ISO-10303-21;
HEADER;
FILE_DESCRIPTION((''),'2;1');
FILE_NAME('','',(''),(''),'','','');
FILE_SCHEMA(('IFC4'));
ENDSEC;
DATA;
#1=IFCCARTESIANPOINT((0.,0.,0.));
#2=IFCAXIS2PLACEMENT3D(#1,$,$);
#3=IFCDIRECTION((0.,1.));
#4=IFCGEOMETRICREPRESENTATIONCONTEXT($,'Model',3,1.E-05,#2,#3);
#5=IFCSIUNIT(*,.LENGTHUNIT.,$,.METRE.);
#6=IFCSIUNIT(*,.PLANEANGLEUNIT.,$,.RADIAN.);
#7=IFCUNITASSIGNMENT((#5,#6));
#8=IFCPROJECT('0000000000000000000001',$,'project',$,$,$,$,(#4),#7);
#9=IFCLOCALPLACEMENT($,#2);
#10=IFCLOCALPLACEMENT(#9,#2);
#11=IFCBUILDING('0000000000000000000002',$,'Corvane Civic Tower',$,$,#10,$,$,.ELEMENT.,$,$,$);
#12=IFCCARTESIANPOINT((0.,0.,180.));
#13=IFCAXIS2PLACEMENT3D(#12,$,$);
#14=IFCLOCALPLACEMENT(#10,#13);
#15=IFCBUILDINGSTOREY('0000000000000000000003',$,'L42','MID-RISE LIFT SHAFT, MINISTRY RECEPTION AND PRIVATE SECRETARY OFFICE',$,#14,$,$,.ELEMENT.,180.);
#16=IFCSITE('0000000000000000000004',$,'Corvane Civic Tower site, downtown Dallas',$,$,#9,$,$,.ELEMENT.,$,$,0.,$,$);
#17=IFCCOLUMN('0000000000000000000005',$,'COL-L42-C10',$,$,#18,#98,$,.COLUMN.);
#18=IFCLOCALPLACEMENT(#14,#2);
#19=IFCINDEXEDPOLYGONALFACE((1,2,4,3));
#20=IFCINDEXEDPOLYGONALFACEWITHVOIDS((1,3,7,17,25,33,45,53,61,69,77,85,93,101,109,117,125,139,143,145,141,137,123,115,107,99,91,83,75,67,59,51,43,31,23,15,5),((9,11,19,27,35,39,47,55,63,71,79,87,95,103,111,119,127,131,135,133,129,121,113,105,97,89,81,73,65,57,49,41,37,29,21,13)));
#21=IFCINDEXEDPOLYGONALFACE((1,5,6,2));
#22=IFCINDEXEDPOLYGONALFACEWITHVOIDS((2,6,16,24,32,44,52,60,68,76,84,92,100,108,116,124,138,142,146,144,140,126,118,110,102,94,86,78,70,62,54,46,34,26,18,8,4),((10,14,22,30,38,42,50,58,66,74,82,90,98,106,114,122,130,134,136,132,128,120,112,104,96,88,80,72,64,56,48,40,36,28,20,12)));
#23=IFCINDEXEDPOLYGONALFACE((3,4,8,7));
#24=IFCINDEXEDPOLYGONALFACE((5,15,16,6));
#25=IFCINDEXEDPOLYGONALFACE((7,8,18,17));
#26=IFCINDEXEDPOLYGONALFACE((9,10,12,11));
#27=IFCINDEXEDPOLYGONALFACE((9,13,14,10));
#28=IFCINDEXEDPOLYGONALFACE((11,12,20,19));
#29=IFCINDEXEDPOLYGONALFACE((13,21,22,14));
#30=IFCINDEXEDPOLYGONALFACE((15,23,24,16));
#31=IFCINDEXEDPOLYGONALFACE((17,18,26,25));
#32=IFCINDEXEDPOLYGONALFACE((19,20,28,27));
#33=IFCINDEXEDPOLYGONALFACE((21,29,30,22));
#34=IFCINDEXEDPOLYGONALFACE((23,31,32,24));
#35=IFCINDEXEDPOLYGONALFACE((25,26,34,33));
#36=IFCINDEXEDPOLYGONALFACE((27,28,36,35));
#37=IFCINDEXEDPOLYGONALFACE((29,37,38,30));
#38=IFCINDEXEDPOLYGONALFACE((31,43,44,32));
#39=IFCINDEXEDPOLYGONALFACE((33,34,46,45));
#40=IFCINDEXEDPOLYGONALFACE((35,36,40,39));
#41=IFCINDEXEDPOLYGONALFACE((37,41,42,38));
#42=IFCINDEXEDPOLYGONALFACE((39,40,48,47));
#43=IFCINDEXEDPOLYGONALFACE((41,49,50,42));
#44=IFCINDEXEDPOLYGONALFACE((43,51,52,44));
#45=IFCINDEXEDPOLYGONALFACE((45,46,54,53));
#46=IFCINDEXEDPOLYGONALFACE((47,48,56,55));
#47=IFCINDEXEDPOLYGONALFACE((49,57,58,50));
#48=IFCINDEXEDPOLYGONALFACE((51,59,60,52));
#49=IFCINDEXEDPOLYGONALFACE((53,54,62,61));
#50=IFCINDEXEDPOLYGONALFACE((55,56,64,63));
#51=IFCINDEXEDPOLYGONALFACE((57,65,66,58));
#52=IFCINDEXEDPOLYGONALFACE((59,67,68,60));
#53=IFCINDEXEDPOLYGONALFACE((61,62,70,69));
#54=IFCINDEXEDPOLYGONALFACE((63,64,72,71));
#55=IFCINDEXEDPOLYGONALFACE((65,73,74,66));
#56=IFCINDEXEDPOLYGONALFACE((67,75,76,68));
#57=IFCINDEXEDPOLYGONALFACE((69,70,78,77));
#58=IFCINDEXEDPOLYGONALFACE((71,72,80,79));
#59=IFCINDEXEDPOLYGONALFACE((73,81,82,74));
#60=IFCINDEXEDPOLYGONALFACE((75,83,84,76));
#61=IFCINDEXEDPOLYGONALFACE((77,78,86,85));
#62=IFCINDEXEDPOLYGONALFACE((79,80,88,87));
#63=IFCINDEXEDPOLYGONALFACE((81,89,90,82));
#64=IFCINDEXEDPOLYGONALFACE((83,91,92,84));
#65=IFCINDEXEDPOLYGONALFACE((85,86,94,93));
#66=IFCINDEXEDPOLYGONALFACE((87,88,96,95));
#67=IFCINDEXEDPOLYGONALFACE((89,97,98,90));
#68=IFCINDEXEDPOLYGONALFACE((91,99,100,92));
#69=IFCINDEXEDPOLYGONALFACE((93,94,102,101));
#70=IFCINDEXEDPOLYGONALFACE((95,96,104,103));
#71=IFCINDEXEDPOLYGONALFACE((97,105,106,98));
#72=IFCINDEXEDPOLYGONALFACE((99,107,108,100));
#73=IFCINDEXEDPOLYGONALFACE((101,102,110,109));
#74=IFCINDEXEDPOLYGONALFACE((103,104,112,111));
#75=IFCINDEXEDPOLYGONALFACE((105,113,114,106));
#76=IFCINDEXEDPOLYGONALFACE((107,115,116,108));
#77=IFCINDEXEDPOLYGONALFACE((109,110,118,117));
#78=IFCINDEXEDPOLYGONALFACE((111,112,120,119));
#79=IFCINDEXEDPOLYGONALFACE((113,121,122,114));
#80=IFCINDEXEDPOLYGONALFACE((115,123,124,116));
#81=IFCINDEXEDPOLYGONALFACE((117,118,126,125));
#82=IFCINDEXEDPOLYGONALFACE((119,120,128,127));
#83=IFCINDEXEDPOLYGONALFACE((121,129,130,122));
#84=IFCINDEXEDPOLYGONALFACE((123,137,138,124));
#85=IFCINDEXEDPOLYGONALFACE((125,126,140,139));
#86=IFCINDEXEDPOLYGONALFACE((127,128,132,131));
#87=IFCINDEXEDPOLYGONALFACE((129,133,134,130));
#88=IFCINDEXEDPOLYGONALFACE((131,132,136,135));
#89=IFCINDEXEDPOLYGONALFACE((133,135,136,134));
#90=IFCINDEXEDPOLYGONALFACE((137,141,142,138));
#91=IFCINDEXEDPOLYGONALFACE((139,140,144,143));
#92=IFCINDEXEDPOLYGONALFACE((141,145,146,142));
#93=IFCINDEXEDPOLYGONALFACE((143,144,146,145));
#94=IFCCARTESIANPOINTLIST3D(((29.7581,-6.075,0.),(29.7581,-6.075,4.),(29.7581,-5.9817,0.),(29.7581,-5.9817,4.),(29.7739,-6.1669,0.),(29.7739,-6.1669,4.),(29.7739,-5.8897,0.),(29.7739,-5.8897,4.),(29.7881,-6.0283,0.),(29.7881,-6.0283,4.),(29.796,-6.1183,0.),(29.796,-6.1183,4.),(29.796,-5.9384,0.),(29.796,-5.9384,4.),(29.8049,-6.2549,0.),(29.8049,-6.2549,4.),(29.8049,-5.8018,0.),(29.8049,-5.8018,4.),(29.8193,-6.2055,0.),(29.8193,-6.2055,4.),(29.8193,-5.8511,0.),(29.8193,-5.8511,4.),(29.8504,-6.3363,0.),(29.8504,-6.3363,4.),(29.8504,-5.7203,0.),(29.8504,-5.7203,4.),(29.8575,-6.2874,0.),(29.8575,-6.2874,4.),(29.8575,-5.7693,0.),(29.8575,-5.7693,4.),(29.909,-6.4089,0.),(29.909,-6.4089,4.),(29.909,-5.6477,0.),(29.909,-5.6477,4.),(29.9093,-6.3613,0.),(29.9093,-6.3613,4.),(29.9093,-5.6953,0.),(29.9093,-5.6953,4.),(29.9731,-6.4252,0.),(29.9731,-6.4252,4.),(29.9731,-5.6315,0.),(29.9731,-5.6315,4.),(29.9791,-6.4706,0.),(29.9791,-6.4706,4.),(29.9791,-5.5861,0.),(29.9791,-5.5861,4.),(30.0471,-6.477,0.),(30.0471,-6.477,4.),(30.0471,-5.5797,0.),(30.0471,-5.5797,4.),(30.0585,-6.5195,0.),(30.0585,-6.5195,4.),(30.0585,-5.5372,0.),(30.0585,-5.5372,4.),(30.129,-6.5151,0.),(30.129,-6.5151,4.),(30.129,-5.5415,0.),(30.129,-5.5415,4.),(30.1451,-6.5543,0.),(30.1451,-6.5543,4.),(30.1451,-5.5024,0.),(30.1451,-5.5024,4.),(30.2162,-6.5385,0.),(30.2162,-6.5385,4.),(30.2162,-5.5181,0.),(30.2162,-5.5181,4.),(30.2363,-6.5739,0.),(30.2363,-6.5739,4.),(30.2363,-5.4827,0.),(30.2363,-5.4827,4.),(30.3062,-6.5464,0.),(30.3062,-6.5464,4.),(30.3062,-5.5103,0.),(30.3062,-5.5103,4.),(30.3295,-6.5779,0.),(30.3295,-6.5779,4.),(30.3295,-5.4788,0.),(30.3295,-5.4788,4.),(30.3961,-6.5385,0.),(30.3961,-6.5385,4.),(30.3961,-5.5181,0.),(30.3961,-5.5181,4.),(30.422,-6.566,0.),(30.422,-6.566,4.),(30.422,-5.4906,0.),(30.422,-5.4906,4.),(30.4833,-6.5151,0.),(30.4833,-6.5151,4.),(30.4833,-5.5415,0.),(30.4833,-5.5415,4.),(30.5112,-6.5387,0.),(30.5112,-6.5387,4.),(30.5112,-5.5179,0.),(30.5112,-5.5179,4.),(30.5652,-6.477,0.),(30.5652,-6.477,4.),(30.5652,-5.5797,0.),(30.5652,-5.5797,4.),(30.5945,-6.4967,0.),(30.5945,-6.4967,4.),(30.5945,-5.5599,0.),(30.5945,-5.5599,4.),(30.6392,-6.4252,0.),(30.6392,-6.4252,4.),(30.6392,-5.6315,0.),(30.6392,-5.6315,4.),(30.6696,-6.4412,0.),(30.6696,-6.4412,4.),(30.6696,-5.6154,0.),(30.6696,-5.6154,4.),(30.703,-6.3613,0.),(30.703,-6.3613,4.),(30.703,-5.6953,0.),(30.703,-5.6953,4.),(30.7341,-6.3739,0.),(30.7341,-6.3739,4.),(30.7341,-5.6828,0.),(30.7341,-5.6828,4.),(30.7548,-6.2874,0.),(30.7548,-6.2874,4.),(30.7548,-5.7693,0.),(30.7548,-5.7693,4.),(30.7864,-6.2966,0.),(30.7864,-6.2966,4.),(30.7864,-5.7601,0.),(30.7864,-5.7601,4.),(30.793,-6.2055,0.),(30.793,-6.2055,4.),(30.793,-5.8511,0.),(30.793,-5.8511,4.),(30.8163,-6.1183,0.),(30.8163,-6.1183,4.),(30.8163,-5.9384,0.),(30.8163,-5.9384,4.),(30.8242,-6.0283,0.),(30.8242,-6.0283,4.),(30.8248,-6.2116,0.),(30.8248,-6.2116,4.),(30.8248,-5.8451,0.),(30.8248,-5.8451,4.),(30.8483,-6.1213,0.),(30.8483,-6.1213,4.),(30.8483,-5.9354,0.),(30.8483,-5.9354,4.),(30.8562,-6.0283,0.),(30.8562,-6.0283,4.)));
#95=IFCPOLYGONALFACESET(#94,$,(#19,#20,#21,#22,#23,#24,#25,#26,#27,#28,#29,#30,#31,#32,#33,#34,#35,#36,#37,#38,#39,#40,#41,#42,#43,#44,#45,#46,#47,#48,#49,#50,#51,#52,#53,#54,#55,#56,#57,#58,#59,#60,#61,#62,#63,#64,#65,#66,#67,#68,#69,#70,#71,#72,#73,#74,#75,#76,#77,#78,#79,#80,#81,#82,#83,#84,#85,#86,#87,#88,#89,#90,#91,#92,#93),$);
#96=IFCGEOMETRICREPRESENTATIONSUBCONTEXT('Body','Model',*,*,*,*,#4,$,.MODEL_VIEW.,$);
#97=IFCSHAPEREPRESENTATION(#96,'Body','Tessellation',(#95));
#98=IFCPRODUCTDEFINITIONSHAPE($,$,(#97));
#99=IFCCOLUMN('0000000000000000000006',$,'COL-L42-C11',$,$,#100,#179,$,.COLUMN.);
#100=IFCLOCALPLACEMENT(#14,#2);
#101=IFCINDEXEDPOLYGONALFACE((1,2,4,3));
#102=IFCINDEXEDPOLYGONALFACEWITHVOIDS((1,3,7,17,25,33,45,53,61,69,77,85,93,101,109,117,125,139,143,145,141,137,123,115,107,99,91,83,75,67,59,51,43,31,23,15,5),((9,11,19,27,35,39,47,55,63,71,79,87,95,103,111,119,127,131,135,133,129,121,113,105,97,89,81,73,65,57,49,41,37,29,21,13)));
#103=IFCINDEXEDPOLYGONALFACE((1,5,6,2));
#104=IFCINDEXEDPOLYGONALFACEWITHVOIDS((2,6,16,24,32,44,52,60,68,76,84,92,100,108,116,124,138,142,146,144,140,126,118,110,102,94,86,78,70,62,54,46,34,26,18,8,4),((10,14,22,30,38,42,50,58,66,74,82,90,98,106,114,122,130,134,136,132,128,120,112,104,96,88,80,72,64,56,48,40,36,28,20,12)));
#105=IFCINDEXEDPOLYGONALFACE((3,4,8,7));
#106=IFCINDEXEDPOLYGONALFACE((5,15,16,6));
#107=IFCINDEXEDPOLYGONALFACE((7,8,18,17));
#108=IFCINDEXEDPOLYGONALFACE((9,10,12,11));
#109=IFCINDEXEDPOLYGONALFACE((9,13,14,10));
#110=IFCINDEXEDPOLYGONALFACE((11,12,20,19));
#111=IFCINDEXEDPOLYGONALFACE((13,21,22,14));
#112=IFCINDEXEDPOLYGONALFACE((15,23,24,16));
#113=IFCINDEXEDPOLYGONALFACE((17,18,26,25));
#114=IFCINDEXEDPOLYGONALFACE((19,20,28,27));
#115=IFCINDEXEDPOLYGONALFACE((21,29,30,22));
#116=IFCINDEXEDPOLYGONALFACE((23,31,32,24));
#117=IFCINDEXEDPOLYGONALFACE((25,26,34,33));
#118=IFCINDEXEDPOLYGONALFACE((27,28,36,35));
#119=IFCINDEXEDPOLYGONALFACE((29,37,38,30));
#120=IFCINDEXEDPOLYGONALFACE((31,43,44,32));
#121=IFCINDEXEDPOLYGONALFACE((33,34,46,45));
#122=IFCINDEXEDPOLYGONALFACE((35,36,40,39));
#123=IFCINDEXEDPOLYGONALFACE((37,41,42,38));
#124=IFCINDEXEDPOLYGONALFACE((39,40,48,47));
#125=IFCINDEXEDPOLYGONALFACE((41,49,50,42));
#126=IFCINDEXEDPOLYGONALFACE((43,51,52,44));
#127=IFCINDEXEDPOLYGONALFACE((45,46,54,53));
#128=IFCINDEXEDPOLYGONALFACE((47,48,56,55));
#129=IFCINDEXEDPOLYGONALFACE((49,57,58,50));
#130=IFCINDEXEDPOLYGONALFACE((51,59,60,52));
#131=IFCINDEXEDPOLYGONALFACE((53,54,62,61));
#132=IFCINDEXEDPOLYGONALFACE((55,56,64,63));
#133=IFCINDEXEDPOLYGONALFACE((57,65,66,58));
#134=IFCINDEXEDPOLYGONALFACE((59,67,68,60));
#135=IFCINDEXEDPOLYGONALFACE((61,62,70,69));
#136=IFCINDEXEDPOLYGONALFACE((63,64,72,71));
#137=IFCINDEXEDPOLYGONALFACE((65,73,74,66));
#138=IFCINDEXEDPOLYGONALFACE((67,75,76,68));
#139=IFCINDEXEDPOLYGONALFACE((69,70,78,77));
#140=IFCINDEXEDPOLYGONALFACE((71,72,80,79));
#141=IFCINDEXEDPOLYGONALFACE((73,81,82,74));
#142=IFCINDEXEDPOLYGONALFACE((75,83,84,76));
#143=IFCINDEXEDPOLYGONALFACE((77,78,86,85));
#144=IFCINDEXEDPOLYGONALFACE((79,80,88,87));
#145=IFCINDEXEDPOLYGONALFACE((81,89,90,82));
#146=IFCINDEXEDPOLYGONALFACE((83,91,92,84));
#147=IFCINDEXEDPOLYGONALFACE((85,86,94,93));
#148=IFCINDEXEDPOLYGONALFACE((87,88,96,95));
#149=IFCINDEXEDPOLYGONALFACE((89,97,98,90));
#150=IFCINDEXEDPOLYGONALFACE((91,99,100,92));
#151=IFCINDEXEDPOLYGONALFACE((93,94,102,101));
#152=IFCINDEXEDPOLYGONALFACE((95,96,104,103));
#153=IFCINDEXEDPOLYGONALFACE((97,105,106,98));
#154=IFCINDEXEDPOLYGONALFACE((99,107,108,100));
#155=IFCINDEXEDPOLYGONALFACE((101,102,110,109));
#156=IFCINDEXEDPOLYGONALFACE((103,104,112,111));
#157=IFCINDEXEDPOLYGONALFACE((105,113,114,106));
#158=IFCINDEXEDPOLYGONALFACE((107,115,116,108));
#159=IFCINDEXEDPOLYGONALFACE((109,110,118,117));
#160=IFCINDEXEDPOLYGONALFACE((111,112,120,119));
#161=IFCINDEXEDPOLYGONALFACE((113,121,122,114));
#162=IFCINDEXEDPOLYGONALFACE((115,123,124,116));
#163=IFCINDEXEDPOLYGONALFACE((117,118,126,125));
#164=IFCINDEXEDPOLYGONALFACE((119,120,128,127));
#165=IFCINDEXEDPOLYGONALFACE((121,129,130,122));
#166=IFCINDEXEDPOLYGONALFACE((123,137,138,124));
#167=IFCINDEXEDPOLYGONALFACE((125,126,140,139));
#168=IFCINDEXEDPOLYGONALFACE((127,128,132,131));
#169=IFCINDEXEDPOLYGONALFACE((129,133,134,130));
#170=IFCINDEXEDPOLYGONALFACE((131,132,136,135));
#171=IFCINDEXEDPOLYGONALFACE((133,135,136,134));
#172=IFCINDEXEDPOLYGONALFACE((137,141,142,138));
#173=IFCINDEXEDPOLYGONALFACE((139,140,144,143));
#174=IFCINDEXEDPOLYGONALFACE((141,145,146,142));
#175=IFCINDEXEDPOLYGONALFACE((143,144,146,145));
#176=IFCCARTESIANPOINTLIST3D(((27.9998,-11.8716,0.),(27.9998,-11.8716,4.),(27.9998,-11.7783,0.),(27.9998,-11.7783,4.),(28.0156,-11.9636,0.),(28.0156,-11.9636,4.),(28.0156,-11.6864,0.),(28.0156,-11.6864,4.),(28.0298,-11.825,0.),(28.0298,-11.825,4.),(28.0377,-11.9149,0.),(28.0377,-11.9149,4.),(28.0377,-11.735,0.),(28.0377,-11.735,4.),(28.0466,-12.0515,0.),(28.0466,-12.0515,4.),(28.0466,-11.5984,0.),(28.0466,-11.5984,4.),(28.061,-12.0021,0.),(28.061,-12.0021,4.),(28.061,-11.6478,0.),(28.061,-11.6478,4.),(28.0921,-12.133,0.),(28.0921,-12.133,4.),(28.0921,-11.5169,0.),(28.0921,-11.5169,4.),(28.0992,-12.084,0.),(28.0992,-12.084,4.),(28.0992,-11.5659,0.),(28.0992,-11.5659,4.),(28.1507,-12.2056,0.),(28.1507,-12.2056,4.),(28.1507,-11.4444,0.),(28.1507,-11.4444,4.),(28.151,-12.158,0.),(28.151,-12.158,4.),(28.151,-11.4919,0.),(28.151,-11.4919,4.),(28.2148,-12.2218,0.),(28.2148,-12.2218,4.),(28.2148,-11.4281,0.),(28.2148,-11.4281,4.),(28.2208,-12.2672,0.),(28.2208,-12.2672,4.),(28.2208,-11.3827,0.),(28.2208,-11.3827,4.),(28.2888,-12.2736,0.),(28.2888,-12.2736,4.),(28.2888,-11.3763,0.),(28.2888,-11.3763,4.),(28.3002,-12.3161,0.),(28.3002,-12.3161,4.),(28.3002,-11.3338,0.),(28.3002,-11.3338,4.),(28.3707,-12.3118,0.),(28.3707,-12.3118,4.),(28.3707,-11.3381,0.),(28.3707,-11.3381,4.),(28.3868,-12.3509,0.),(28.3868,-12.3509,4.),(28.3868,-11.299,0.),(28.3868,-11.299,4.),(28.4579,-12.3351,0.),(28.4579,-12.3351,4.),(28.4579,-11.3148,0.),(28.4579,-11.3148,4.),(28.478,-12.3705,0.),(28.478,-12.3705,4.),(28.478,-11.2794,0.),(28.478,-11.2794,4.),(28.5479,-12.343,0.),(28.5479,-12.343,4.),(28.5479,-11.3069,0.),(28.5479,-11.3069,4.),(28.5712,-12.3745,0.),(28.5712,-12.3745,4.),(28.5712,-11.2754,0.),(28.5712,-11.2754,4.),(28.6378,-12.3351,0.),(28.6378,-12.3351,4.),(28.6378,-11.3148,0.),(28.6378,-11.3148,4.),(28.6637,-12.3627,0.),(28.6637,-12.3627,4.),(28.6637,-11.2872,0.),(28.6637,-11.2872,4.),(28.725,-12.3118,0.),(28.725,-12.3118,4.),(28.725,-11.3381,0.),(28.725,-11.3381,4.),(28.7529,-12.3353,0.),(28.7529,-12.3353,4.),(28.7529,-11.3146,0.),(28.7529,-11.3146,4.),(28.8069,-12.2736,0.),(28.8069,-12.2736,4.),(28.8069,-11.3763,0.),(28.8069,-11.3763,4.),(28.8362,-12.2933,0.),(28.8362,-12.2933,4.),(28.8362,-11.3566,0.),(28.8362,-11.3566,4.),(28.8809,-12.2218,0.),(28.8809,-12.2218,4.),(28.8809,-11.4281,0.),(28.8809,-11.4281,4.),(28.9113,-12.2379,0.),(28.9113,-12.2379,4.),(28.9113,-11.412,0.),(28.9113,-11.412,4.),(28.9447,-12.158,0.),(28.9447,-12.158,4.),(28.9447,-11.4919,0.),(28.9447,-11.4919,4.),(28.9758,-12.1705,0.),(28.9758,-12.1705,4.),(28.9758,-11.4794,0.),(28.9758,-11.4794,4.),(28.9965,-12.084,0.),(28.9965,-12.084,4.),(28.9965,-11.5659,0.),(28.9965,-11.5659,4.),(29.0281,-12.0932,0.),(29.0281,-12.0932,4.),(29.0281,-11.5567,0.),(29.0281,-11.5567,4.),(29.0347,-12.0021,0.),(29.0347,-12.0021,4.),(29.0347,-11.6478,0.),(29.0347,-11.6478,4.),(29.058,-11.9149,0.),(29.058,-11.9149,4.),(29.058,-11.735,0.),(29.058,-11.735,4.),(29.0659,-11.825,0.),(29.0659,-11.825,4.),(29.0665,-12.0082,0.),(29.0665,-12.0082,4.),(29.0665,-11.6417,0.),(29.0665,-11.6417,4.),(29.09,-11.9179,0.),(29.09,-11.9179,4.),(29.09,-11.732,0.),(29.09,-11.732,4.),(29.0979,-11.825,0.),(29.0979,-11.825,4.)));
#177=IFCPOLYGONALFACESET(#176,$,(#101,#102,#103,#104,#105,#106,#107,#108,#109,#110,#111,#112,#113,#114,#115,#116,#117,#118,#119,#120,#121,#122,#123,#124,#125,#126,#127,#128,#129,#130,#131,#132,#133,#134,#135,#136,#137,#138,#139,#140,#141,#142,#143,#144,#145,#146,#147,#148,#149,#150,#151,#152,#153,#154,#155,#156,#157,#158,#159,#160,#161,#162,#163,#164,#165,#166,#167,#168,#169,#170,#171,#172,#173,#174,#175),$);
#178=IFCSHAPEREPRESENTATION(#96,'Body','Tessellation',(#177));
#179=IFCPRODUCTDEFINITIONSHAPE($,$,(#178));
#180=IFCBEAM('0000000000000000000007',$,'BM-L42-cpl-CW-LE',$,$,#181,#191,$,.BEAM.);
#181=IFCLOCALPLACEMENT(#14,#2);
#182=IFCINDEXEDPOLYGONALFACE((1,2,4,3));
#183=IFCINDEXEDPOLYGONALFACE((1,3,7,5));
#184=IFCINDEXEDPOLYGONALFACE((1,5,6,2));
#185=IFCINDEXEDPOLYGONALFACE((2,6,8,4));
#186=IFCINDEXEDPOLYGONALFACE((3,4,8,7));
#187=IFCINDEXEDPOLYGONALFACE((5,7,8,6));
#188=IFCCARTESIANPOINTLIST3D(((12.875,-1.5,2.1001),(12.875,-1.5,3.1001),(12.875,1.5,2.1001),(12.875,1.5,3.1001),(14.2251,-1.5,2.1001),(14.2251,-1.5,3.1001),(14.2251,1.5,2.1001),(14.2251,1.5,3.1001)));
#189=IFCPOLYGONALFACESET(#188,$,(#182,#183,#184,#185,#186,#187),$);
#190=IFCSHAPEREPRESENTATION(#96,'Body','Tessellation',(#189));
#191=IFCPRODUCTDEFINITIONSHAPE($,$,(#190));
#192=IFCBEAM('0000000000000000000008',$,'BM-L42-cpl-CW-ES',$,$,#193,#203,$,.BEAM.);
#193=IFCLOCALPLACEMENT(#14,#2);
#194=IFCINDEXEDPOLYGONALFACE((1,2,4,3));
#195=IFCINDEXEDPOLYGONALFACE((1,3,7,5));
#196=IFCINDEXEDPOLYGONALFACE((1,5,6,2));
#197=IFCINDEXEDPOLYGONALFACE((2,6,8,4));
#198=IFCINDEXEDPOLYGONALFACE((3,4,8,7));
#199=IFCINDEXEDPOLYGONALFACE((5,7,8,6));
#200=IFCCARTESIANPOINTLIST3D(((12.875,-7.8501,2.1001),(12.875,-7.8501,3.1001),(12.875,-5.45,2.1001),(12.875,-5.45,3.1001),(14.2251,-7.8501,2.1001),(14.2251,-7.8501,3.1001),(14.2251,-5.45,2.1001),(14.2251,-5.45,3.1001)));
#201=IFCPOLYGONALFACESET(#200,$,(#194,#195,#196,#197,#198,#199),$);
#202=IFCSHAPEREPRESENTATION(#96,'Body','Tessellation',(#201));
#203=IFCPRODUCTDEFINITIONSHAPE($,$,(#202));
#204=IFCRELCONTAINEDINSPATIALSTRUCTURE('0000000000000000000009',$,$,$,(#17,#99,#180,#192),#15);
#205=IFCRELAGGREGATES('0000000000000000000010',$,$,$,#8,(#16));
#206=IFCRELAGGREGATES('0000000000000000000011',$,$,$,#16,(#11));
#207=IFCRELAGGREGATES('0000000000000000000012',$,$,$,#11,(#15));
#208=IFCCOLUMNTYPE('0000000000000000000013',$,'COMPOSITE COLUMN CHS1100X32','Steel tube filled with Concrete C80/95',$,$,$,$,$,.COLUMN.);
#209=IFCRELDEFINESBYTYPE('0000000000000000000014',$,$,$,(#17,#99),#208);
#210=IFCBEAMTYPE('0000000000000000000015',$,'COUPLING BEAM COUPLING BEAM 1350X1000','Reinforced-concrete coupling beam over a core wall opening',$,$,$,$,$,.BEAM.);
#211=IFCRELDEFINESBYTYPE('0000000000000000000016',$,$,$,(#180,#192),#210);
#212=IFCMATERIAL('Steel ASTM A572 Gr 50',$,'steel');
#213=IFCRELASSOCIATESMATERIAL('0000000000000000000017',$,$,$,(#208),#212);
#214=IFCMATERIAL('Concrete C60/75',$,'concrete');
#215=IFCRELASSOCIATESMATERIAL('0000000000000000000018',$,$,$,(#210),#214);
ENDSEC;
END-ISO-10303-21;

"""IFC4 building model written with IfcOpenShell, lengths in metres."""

from ifc_helpers import new_model, si_unit, direction, frame, origin, origin_2d, place, context, subcontext, project, spatial, rectangle, hollow_circle, extrude, material, material_profile, profile_set, type_object, element, save


model = new_model("IFC4")

# Units and contexts
model_context = context("Model", 3, precision=1e-05, world=origin(), true_north=direction((0.0, 1.0)))
body_context = subcontext(model_context, "Body", "Model", "MODEL_VIEW")
ifc_project = project(units=[si_unit("LENGTHUNIT", "METRE"), si_unit("PLANEANGLEUNIT", "RADIAN")], contexts=[model_context])

# Site, building, storey
site_placement = place(None, origin())
site = spatial("IfcSite", under=ifc_project, at=site_placement, Name="Corvane Civic Tower site, downtown Dallas", CompositionType="ELEMENT", RefElevation=0.0)
building_placement = place(site_placement, origin())
building = spatial("IfcBuilding", under=site, at=building_placement, Name="Corvane Civic Tower", CompositionType="ELEMENT")
storey_placement = place(building_placement, frame((0.0, 0.0, 180.0)))
storey = spatial("IfcBuildingStorey", under=building, at=storey_placement, Name="L42", Description="MID-RISE LIFT SHAFT, MINISTRY RECEPTION AND PRIVATE SECRETARY OFFICE", CompositionType="ELEMENT", Elevation=180.0)

# Columns
ifc_material_1 = material(Name="Steel ASTM A572 Gr 50", Category="steel")
ifc_material_profile_1 = material_profile(ifc_material_1, hollow_circle(Radius=0.55, WallThickness=0.032, at=origin_2d()), Name="CHS1100X32")
ifc_profile_set_1 = profile_set([ifc_material_profile_1], Name="Steel ASTM A572 Gr 50")
column_type = type_object("IfcColumnType", Name="COMPOSITE COLUMN CHS1100X32", Description="Steel tube filled with Concrete C80/95", PredefinedType="COLUMN", material=ifc_profile_set_1)
for number, where, z_axis, x_axis, name in (
    (1, (30.3062, -6.0283, 0.0), (0.0, 0.0, 1.0), (1.0, 0.0, 0.0), "COL-L42-C10"),
    (2, (28.5479, -11.825, 0.0), (0.0, 0.0, 1.0), (1.0, 0.0, 0.0), "COL-L42-C11"),
):
    element("IfcColumn", number, at=place(storey_placement, frame(where, z_axis=z_axis, x_axis=x_axis)), inside=storey, type_object=column_type, Name=name, PredefinedType="COLUMN", context=body_context, shape_type="SweptSolid", body=[
        extrude(hollow_circle(Radius=0.55, WallThickness=0.032, at=origin_2d()), origin(), (0.0, 0.0, 1.0), 4.0),
    ])

# Beams
ifc_material_2 = material(Name="Concrete C60/75", Category="concrete")
ifc_material_profile_2 = material_profile(ifc_material_2, rectangle(XDim=1.3501, YDim=1.0, at=origin_2d()), Name="COUPLING BEAM 1350X1000")
ifc_profile_set_2 = profile_set([ifc_material_profile_2], Name="Concrete C60/75")
beam_type_1 = type_object("IfcBeamType", Name="COUPLING BEAM COUPLING BEAM 1350X1000", Description="Reinforced-concrete coupling beam over a core wall opening", PredefinedType="BEAM", material=ifc_profile_set_2)
beam_1_placement = place(storey_placement, frame((13.55, -1.5, 2.6001), z_axis=(0.0, 1.0, 0.0), x_axis=(-1.0, 0.0, 0.0)))
element("IfcBeam", 3, at=beam_1_placement, inside=storey, type_object=beam_type_1, Name="BM-L42-cpl-CW-LE", PredefinedType="BEAM", context=body_context, shape_type="SweptSolid", body=[
    extrude(rectangle(XDim=1.3501, YDim=1.0, at=origin_2d()), origin(), (0.0, 0.0, 1.0), 3.0),
])
beam_2_placement = place(storey_placement, frame((13.55, -7.8501, 2.6001), z_axis=(0.0, 1.0, 0.0), x_axis=(-1.0, 0.0, 0.0)))
element("IfcBeam", 4, at=beam_2_placement, inside=storey, type_object=beam_type_1, Name="BM-L42-cpl-CW-ES", PredefinedType="BEAM", context=body_context, shape_type="SweptSolid", body=[
    extrude(rectangle(XDim=1.3501, YDim=1.0, at=origin_2d()), origin(), (0.0, 0.0, 1.0), 2.4001),
])

save(model, "model.ifc")
